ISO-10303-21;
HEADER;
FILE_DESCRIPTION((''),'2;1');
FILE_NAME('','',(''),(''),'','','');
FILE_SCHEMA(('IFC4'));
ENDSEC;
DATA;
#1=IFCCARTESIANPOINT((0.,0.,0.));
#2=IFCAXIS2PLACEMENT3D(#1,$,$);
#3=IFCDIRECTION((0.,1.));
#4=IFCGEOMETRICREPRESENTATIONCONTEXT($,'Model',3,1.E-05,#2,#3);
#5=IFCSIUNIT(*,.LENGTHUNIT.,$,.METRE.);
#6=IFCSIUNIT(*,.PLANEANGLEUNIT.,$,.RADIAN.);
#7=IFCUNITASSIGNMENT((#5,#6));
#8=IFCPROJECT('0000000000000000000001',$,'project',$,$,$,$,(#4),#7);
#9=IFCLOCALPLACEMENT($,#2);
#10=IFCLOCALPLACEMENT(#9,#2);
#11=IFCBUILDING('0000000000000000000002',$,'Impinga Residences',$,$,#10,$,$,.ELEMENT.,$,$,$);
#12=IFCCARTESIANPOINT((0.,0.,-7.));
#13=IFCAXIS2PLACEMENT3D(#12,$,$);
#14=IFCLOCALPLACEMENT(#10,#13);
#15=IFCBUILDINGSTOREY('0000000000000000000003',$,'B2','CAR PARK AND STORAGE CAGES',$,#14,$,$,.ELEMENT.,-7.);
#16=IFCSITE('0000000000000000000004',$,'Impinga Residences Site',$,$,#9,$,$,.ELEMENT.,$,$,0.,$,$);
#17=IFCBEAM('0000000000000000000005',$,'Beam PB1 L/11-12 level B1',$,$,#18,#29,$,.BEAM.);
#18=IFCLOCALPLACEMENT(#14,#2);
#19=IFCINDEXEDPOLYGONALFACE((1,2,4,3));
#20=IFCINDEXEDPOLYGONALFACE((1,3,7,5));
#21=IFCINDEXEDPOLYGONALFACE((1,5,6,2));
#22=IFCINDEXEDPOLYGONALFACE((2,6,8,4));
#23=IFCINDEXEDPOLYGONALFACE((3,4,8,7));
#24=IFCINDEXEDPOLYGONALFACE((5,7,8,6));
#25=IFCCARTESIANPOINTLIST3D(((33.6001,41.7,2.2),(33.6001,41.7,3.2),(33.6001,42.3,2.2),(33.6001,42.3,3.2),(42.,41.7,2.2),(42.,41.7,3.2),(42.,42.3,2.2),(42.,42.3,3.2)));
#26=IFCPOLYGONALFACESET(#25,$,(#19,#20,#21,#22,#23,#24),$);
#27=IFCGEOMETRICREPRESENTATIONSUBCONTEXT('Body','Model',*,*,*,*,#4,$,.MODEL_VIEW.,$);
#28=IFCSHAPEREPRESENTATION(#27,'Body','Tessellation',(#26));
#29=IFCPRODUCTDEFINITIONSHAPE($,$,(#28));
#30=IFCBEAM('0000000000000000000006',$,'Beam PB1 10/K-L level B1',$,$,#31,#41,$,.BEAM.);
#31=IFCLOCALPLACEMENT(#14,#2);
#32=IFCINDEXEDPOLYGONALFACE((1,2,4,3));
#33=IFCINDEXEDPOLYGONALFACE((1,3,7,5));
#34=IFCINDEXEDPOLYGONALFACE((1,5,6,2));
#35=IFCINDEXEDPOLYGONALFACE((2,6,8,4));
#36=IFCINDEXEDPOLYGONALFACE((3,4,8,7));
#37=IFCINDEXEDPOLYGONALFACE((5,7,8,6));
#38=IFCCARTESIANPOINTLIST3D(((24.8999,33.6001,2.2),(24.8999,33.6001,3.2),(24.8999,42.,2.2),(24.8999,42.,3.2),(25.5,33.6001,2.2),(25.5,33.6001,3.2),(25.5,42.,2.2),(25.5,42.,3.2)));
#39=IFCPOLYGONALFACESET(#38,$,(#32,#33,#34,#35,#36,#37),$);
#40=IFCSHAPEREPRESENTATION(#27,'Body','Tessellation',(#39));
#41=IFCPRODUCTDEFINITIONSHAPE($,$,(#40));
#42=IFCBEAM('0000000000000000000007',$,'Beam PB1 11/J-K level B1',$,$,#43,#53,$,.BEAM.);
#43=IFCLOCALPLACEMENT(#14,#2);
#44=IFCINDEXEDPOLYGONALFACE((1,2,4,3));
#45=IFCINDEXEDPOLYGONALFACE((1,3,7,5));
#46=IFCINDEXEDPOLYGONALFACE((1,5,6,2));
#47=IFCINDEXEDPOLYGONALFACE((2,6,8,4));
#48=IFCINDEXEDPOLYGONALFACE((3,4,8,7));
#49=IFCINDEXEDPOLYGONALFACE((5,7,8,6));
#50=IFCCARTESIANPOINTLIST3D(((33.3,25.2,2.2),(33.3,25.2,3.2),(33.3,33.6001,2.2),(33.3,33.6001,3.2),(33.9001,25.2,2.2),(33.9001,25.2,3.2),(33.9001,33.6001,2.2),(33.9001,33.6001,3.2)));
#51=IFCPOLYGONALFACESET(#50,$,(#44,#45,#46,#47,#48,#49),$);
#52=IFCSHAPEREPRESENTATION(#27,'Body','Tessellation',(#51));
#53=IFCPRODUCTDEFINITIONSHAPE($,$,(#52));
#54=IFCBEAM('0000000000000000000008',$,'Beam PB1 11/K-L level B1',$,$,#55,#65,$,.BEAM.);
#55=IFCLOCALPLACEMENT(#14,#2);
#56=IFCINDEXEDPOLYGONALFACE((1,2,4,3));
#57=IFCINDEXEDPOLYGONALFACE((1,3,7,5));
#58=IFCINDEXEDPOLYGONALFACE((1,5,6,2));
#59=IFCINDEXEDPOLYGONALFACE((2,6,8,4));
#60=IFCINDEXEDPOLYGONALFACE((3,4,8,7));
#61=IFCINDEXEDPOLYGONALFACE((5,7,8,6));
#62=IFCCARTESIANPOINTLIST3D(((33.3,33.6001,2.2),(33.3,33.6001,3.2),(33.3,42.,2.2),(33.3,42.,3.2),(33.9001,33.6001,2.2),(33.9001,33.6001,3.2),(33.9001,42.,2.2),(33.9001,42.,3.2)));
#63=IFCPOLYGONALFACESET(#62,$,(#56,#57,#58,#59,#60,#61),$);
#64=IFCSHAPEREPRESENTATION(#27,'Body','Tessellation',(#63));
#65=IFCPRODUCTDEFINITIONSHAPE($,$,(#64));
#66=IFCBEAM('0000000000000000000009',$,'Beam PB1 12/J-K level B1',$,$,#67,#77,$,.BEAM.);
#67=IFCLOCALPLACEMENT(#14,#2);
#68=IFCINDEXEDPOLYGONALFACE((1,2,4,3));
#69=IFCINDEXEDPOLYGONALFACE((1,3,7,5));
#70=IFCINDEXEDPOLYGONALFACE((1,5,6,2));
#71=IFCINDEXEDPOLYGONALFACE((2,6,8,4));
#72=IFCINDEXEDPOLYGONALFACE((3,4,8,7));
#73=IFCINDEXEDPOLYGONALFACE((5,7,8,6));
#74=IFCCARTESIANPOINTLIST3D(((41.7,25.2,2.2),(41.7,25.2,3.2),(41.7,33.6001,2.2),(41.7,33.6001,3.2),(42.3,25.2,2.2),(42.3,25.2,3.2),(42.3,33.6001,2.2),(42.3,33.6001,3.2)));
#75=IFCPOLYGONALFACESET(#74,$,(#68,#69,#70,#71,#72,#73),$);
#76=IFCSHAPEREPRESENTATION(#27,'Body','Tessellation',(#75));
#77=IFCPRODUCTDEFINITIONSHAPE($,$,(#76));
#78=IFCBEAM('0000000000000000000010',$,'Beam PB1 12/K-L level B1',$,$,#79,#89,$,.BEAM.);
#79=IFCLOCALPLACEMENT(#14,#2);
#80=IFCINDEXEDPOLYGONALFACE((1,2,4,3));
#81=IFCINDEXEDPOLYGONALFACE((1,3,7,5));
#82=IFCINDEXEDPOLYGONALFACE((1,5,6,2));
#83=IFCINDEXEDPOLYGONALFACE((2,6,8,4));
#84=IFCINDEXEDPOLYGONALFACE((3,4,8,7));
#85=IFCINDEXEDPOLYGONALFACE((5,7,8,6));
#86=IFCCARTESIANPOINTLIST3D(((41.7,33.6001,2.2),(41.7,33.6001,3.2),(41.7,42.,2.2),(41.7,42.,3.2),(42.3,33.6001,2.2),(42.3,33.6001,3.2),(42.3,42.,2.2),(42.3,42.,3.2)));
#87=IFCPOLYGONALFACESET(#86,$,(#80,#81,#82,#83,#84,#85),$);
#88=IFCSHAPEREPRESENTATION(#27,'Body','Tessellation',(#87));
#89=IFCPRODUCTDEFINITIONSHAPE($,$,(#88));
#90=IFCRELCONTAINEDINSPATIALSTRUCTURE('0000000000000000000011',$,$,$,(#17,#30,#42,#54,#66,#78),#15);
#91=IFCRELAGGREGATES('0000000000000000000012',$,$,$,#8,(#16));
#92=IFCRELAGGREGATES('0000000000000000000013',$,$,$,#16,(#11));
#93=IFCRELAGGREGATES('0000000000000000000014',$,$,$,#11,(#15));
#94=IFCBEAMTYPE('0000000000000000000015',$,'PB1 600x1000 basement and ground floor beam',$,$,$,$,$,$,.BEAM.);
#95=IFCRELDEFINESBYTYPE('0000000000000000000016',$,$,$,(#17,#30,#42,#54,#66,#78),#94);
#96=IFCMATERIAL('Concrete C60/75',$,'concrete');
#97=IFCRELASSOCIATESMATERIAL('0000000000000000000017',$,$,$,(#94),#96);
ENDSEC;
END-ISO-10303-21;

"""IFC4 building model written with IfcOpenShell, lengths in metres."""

from ifc_helpers import new_model, si_unit, direction, frame, origin, origin_2d, place, context, subcontext, project, spatial, rectangle, extrude, material, material_profile, profile_set, type_object, element, save


model = new_model("IFC4")

# Units and contexts
model_context = context("Model", 3, precision=1e-05, world=origin(), true_north=direction((0.0, 1.0)))
body_context = subcontext(model_context, "Body", "Model", "MODEL_VIEW")
ifc_project = project(units=[si_unit("LENGTHUNIT", "METRE"), si_unit("PLANEANGLEUNIT", "RADIAN")], contexts=[model_context])

# Site, building, storey
site_placement = place(None, origin())
site = spatial("IfcSite", under=ifc_project, at=site_placement, Name="Impinga Residences Site", CompositionType="ELEMENT", RefElevation=0.0)
building_placement = place(site_placement, origin())
building = spatial("IfcBuilding", under=site, at=building_placement, Name="Impinga Residences", CompositionType="ELEMENT")
storey_placement = place(building_placement, frame((0.0, 0.0, -7.0)))
storey = spatial("IfcBuildingStorey", under=building, at=storey_placement, Name="B2", Description="CAR PARK AND STORAGE CAGES", CompositionType="ELEMENT", Elevation=-7.0)

# Beams
ifc_material_1 = material(Name="Concrete C60/75", Category="concrete")
ifc_material_profile_1 = material_profile(ifc_material_1, rectangle(XDim=0.6001, YDim=1.0, at=origin_2d()), Name="RC 600x1000")
ifc_profile_set_1 = profile_set([ifc_material_profile_1], Name="Concrete C60/75")
beam_type = type_object("IfcBeamType", Name="PB1 600x1000 basement and ground floor beam", PredefinedType="BEAM", material=ifc_profile_set_1)
for number, where, z_axis, x_axis, name in (
    (1, (33.6001, 42.0, 2.7), (1.0, 0.0, 0.0), (0.0, 1.0, 0.0), "Beam PB1 L/11-12 level B1"),
    (2, (25.2, 33.6001, 2.7), (0.0, 1.0, 0.0), (-1.0, 0.0, 0.0), "Beam PB1 10/K-L level B1"),
):
    element("IfcBeam", number, at=place(storey_placement, frame(where, z_axis=z_axis, x_axis=x_axis)), inside=storey, type_object=beam_type, Name=name, PredefinedType="BEAM", context=body_context, shape_type="SweptSolid", body=[
        extrude(rectangle(XDim=0.6001, YDim=1.0, at=origin_2d()), origin(), (0.0, 0.0, 1.0), 8.3999),
    ])
beam_1_placement = place(storey_placement, frame((33.6001, 25.2, 2.7), z_axis=(0.0, 1.0, 0.0), x_axis=(-1.0, 0.0, 0.0)))
element("IfcBeam", 3, at=beam_1_placement, inside=storey, type_object=beam_type, Name="Beam PB1 11/J-K level B1", PredefinedType="BEAM", context=body_context, shape_type="SweptSolid", body=[
    extrude(rectangle(XDim=0.6001, YDim=1.0, at=origin_2d()), origin(), (0.0, 0.0, 1.0), 8.4001),
])
beam_2_placement = place(storey_placement, frame((33.6001, 33.6001, 2.7), z_axis=(0.0, 1.0, 0.0), x_axis=(-1.0, 0.0, 0.0)))
element("IfcBeam", 4, at=beam_2_placement, inside=storey, type_object=beam_type, Name="Beam PB1 11/K-L level B1", PredefinedType="BEAM", context=body_context, shape_type="SweptSolid", body=[
    extrude(rectangle(XDim=0.6001, YDim=1.0, at=origin_2d()), origin(), (0.0, 0.0, 1.0), 8.3999),
])
beam_3_placement = place(storey_placement, frame((42.0, 25.2, 2.7), z_axis=(0.0, 1.0, 0.0), x_axis=(-1.0, 0.0, 0.0)))
element("IfcBeam", 5, at=beam_3_placement, inside=storey, type_object=beam_type, Name="Beam PB1 12/J-K level B1", PredefinedType="BEAM", context=body_context, shape_type="SweptSolid", body=[
    extrude(rectangle(XDim=0.6001, YDim=1.0, at=origin_2d()), origin(), (0.0, 0.0, 1.0), 8.4001),
])
beam_4_placement = place(storey_placement, frame((42.0, 33.6001, 2.7), z_axis=(0.0, 1.0, 0.0), x_axis=(-1.0, 0.0, 0.0)))
element("IfcBeam", 6, at=beam_4_placement, inside=storey, type_object=beam_type, Name="Beam PB1 12/K-L level B1", PredefinedType="BEAM", context=body_context, shape_type="SweptSolid", body=[
    extrude(rectangle(XDim=0.6001, YDim=1.0, at=origin_2d()), origin(), (0.0, 0.0, 1.0), 8.3999),
])

save(model, "model.ifc")
